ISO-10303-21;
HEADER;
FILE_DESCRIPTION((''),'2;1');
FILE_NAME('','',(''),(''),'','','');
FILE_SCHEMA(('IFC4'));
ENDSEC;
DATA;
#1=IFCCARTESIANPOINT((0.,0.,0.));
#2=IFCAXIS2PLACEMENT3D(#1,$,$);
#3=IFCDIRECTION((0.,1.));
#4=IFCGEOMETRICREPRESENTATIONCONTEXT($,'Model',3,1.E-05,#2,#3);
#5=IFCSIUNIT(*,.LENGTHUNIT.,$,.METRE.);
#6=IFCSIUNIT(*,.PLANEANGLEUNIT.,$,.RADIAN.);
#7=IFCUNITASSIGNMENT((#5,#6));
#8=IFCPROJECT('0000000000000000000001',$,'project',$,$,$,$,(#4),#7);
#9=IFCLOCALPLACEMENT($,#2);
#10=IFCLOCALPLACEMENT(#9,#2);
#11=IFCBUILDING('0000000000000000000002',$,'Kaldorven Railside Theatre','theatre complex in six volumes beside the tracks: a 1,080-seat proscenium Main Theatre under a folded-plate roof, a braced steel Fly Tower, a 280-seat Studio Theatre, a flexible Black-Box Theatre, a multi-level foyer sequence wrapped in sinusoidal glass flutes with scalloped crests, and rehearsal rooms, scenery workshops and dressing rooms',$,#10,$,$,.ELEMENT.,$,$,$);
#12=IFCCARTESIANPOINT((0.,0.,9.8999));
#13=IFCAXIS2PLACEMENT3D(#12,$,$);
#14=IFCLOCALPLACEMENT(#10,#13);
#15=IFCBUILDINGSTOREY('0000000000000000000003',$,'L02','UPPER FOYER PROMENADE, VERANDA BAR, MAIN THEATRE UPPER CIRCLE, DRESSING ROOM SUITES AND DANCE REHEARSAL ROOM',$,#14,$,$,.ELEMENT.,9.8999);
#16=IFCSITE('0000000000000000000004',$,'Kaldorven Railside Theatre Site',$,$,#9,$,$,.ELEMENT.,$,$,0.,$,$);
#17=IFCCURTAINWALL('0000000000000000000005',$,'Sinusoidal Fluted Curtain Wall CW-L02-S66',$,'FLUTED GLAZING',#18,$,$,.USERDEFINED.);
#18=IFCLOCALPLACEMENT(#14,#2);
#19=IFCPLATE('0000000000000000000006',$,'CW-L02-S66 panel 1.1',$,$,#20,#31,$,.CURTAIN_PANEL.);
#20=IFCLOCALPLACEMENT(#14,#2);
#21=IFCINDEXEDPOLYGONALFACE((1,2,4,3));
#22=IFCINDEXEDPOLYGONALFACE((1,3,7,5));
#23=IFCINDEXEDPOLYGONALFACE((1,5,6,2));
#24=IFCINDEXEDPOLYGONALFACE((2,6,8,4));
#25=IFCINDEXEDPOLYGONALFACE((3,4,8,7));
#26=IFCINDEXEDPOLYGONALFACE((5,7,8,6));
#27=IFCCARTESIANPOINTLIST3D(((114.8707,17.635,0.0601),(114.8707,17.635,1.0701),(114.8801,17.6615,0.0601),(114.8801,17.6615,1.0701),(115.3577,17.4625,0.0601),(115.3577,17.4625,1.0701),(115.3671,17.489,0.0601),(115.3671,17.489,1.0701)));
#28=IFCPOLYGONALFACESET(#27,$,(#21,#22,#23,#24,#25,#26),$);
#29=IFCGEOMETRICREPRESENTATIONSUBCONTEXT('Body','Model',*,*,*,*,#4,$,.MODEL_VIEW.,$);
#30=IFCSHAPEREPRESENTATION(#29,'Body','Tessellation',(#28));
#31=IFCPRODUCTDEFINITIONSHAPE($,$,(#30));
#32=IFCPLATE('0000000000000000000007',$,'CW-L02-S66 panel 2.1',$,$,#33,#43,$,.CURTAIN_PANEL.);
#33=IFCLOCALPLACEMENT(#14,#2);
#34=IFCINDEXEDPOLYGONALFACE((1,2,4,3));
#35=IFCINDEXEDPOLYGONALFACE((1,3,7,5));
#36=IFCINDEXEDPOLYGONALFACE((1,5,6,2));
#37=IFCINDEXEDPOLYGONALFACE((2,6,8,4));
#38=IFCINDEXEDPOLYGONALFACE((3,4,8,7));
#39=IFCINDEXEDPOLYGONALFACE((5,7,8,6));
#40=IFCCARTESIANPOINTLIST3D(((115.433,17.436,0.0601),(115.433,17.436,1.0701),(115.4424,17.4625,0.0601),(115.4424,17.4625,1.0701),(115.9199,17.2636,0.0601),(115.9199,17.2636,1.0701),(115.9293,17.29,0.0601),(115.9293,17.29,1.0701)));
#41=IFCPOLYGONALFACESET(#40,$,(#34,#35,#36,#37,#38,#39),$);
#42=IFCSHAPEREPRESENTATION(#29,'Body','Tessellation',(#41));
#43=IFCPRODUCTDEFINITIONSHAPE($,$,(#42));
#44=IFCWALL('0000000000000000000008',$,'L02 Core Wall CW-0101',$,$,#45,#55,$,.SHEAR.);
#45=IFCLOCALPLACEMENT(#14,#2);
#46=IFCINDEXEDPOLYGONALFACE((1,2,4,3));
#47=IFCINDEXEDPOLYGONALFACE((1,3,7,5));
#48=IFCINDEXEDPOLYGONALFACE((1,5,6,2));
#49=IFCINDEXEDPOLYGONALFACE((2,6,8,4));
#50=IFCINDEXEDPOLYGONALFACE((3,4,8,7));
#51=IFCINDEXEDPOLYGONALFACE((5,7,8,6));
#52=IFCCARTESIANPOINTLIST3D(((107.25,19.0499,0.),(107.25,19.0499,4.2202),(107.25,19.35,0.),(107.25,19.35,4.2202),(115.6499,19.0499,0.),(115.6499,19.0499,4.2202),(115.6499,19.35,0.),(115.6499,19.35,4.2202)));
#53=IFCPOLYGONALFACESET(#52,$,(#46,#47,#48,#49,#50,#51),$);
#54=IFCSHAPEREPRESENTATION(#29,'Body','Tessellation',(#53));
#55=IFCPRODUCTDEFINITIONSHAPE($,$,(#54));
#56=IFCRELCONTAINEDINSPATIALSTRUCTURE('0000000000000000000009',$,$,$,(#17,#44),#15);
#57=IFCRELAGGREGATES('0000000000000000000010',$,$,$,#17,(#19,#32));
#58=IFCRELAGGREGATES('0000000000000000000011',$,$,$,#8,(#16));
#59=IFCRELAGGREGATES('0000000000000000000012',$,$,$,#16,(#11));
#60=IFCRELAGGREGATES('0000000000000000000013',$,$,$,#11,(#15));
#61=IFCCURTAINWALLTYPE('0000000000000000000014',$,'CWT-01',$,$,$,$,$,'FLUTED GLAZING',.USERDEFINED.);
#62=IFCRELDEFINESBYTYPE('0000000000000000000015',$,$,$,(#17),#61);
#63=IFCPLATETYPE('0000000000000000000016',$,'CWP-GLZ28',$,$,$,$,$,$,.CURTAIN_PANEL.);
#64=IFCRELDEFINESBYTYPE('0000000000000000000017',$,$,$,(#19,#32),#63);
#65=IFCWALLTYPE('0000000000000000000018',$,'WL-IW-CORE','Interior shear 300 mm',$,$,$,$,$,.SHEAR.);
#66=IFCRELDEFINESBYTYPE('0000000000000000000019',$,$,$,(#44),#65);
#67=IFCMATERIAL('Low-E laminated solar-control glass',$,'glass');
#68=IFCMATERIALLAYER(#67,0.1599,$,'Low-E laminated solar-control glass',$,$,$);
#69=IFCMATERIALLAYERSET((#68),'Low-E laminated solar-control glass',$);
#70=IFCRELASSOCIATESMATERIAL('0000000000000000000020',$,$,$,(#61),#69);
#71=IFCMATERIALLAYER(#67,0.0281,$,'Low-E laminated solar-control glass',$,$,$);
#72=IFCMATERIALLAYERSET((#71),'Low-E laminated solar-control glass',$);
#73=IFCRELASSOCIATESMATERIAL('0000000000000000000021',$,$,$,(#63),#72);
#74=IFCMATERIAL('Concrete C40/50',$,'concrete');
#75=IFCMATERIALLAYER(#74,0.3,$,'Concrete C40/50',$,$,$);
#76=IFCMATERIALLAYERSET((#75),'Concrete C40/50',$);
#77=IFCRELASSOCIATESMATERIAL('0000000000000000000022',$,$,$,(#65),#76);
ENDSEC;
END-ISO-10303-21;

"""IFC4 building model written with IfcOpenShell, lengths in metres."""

from ifc_helpers import new_model, si_unit, direction, frame, frame_2d, origin, origin_2d, place, context, subcontext, project, spatial, rectangle, extrude, material, layer, layer_set, type_object, element, aggregate, save


model = new_model("IFC4")

# Units and contexts
model_context = context("Model", 3, precision=1e-05, world=origin(), true_north=direction((0.0, 1.0)))
body_context = subcontext(model_context, "Body", "Model", "MODEL_VIEW")
ifc_project = project(units=[si_unit("LENGTHUNIT", "METRE"), si_unit("PLANEANGLEUNIT", "RADIAN")], contexts=[model_context])

# Site, building, storey
site_placement = place(None, origin())
site = spatial("IfcSite", under=ifc_project, at=site_placement, Name="Kaldorven Railside Theatre Site", CompositionType="ELEMENT", RefElevation=0.0)
building_placement = place(site_placement, origin())
building = spatial("IfcBuilding", under=site, at=building_placement, Name="Kaldorven Railside Theatre", Description="theatre complex in six volumes beside the tracks: a 1,080-seat proscenium Main Theatre under a folded-plate roof, a braced steel Fly Tower, a 280-seat Studio Theatre, a flexible Black-Box Theatre, a multi-level foyer sequence wrapped in sinusoidal glass flutes with scalloped crests, and rehearsal rooms, scenery workshops and dressing rooms", CompositionType="ELEMENT")
storey_placement = place(building_placement, frame((0.0, 0.0, 9.8999)))
storey = spatial("IfcBuildingStorey", under=building, at=storey_placement, Name="L02", Description="UPPER FOYER PROMENADE, VERANDA BAR, MAIN THEATRE UPPER CIRCLE, DRESSING ROOM SUITES AND DANCE REHEARSAL ROOM", CompositionType="ELEMENT", Elevation=9.8999)

# Shared definitions
ifc_material_1 = material(Name="Low-E laminated solar-control glass", Category="glass")

# Curtain wall
ifc_layer_1 = layer(ifc_material_1, 0.1599, Name="Low-E laminated solar-control glass")
ifc_layer_set_1 = layer_set([ifc_layer_1], Name="Low-E laminated solar-control glass")
curtain_wall_type_1 = type_object("IfcCurtainWallType", Name="CWT-01", ElementType="FLUTED GLAZING", PredefinedType="USERDEFINED", material=ifc_layer_set_1)
curtain_wall_1_placement = place(storey_placement, origin())
curtain_wall_1 = element("IfcCurtainWall", 1, at=curtain_wall_1_placement, inside=storey, type_object=curtain_wall_type_1, Name="Sinusoidal Fluted Curtain Wall CW-L02-S66", ObjectType="FLUTED GLAZING", PredefinedType="USERDEFINED")

# Plates
ifc_layer_2 = layer(ifc_material_1, 0.0281, Name="Low-E laminated solar-control glass")
ifc_layer_set_2 = layer_set([ifc_layer_2], Name="Low-E laminated solar-control glass")
plate_type = type_object("IfcPlateType", Name="CWP-GLZ28", PredefinedType="CURTAIN_PANEL", material=ifc_layer_set_2)
plate_1_placement = place(storey_placement, frame((115.1189, 17.562, 0.0601), z_axis=(0.0, 0.0, 1.0), x_axis=(0.942627, -0.333847, 0.0)))
plate_1 = element("IfcPlate", 2, at=plate_1_placement, type_object=plate_type, Name="CW-L02-S66 panel 1.1", PredefinedType="CURTAIN_PANEL", context=body_context, shape_type="SweptSolid", body=[
    extrude(rectangle(XDim=0.5166, YDim=0.0281, at=origin_2d()), origin(), (0.0, 0.0, 1.0), 1.01),
])
plate_2_placement = place(storey_placement, frame((115.6812, 17.363, 0.0601), z_axis=(0.0, 0.0, 1.0), x_axis=(0.942627, -0.333847, 0.0)))
plate_2 = element("IfcPlate", 3, at=plate_2_placement, type_object=plate_type, Name="CW-L02-S66 panel 2.1", PredefinedType="CURTAIN_PANEL", context=body_context, shape_type="SweptSolid", body=[
    extrude(rectangle(XDim=0.5166, YDim=0.0281, at=origin_2d()), origin(), (0.0, 0.0, 1.0), 1.01),
])
aggregate(curtain_wall_1, [plate_1, plate_2])

# Wall
ifc_material_2 = material(Name="Concrete C40/50", Category="concrete")
ifc_layer_3 = layer(ifc_material_2, 0.3, Name="Concrete C40/50")
ifc_layer_set_3 = layer_set([ifc_layer_3], Name="Concrete C40/50")
wall_type = type_object("IfcWallType", Name="WL-IW-CORE", Description="Interior shear 300 mm", PredefinedType="SHEAR", material=ifc_layer_set_3)
wall_placement = place(storey_placement, frame((115.6499, 19.2, 0.0), z_axis=(0.0, 0.0, 1.0), x_axis=(-1.0, 0.0, 0.0)))
element("IfcWall", 4, at=wall_placement, inside=storey, type_object=wall_type, Name="L02 Core Wall CW-0101", PredefinedType="SHEAR", context=body_context, shape_type="SweptSolid", body=[
    extrude(rectangle(XDim=8.3999, YDim=0.3, at=frame_2d((4.2, 0.0))), origin(), (0.0, 0.0, 1.0), 4.2202),
])

save(model, "model.ifc")
